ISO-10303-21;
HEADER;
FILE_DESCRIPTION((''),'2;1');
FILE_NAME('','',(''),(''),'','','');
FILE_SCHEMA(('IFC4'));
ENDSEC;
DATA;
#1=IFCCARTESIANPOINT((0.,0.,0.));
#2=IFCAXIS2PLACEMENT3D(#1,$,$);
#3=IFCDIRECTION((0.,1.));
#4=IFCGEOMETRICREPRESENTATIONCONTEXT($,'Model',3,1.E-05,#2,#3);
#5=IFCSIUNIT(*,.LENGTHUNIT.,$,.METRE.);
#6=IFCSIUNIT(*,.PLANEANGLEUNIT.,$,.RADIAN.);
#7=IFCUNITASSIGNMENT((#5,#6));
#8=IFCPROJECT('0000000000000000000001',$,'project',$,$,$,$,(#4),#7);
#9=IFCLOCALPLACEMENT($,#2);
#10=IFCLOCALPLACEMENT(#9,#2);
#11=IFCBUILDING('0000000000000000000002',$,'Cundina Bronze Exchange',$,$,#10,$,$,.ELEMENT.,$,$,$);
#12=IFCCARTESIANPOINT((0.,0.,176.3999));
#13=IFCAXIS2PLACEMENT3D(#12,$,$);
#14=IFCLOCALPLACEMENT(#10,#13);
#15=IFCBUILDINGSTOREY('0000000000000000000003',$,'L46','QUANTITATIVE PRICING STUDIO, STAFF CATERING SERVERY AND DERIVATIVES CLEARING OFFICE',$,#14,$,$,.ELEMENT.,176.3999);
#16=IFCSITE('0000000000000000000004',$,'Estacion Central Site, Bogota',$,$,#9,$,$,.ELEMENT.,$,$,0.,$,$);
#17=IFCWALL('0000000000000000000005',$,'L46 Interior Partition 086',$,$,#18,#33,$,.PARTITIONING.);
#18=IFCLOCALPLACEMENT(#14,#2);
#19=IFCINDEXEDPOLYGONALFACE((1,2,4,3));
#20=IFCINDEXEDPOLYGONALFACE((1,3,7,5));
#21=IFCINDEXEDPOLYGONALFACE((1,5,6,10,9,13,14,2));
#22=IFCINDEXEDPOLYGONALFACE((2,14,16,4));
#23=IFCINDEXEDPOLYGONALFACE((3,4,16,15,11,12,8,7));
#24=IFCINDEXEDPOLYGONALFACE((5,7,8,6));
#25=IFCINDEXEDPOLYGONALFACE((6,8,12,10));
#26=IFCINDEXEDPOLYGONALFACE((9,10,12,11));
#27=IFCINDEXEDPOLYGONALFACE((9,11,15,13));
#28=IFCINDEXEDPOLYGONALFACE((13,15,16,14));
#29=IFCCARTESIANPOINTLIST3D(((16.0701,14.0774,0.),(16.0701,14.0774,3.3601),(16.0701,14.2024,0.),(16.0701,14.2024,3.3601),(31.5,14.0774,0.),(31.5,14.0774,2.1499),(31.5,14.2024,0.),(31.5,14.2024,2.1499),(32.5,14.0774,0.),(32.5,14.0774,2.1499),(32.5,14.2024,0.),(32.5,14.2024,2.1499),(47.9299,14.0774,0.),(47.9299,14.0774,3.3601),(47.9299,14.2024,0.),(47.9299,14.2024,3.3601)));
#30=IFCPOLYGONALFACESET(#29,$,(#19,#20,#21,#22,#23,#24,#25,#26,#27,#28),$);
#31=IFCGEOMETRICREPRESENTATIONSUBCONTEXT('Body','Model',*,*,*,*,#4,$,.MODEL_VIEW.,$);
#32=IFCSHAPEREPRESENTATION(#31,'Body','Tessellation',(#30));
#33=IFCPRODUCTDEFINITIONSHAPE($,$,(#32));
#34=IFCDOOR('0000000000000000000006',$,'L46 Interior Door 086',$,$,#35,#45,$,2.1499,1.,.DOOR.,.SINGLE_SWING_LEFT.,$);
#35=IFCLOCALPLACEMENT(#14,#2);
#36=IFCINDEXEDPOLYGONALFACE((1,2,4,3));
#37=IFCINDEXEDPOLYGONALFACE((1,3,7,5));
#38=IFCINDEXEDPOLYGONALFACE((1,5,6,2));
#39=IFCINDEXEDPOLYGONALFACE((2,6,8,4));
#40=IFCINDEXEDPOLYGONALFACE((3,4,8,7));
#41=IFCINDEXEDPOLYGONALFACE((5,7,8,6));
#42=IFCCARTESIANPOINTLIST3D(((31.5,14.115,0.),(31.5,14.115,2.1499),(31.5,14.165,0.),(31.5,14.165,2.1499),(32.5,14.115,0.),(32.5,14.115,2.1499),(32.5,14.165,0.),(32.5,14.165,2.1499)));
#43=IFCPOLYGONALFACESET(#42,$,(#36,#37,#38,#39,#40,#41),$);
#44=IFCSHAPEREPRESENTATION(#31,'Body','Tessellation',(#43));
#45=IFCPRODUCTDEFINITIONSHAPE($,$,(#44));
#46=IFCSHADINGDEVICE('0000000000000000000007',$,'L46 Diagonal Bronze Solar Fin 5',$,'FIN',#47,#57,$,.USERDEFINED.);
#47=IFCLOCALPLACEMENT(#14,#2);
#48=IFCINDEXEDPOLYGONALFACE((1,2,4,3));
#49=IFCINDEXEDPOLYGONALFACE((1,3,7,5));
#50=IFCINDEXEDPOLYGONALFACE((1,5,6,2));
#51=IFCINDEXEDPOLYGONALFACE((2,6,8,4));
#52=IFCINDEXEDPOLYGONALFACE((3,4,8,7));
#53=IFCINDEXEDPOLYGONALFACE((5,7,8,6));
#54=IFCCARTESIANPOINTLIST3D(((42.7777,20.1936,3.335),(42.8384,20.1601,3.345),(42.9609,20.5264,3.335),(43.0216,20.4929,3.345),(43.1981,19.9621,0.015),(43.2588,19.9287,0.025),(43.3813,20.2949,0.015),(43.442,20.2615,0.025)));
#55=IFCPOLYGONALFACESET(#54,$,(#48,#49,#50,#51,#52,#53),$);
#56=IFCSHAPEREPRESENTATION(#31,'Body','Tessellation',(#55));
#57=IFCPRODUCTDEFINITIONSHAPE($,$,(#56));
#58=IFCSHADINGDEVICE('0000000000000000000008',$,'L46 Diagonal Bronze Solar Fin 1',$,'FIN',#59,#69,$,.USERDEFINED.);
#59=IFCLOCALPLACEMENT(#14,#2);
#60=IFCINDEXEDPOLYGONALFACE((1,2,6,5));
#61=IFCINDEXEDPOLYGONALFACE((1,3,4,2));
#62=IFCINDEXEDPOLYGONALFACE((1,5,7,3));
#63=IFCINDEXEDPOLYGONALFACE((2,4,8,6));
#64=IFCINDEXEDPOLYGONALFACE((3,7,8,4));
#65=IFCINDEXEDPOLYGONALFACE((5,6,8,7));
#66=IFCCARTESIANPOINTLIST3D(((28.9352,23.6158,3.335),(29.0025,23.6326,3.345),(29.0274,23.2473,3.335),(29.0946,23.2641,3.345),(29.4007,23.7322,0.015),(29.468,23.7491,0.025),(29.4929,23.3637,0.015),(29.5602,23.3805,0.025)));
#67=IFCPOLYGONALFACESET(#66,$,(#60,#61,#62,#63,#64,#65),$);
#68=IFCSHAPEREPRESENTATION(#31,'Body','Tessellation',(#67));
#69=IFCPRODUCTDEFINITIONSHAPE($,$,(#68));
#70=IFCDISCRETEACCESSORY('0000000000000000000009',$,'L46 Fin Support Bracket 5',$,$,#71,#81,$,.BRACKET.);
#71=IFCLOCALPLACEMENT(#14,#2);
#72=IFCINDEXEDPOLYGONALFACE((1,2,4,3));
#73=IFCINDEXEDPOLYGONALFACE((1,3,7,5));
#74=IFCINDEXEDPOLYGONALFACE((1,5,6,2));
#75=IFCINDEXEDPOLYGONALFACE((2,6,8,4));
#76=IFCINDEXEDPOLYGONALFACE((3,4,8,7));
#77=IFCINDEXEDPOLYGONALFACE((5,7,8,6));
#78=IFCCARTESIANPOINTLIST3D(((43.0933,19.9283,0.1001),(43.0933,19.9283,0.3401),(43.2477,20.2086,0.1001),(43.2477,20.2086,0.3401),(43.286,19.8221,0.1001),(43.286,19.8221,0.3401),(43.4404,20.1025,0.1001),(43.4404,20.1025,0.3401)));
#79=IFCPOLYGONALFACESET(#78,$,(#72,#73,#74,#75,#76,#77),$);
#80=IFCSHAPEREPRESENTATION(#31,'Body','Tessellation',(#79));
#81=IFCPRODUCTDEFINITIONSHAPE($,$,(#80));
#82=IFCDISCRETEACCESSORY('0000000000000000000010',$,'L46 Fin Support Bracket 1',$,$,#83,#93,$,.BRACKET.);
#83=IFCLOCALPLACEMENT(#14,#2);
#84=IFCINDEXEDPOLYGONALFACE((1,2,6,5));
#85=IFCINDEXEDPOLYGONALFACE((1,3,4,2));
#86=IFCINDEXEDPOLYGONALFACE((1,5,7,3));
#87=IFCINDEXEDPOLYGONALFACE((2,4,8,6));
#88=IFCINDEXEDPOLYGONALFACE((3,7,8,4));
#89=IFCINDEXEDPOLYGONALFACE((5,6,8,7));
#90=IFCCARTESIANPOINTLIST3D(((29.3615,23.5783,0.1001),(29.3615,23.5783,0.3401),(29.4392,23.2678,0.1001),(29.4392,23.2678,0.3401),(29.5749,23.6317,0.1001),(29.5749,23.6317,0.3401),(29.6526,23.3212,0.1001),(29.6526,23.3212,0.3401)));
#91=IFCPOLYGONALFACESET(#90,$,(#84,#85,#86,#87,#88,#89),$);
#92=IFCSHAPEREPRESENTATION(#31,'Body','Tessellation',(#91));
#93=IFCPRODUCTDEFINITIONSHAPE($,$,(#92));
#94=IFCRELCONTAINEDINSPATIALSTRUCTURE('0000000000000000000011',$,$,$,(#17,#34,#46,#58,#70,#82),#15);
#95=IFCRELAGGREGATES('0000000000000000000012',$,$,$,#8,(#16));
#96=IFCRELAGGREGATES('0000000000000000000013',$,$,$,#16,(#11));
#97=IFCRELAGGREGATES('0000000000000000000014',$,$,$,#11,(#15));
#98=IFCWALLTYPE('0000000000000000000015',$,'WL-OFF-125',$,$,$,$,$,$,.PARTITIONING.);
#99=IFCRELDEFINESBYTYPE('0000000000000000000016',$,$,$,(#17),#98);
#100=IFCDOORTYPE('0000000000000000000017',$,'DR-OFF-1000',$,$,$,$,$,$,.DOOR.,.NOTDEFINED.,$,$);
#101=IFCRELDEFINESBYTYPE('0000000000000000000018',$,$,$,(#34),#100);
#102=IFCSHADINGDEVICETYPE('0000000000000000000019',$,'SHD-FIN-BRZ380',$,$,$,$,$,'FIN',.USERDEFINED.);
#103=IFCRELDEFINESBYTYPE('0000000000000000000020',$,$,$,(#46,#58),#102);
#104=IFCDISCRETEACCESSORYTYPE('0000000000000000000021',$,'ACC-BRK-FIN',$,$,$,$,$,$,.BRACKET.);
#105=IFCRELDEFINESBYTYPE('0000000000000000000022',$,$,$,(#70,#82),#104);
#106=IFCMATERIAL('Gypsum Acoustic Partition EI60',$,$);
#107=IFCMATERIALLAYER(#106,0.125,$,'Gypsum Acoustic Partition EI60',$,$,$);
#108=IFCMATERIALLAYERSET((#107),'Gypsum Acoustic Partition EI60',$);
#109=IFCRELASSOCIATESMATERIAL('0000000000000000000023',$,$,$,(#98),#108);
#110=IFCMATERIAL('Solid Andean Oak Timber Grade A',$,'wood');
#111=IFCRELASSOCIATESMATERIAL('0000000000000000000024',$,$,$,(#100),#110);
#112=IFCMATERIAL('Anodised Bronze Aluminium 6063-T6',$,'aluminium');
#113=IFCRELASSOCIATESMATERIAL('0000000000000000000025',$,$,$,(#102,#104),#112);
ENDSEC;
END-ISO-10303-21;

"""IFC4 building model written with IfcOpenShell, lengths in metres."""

from ifc_helpers import new_model, si_unit, direction, frame, frame_2d, origin, origin_2d, place, context, subcontext, project, spatial, rectangle, extrude, material, layer, layer_set, material_profile, profile_set, type_object, element, fill, save


model = new_model("IFC4")

# Units and contexts
model_context = context("Model", 3, precision=1e-05, world=origin(), true_north=direction((0.0, 1.0)))
body_context = subcontext(model_context, "Body", "Model", "MODEL_VIEW")
ifc_project = project(units=[si_unit("LENGTHUNIT", "METRE"), si_unit("PLANEANGLEUNIT", "RADIAN")], contexts=[model_context])

# Site, building, storey
site_placement = place(None, origin())
site = spatial("IfcSite", under=ifc_project, at=site_placement, Name="Estacion Central Site, Bogota", CompositionType="ELEMENT", RefElevation=0.0)
building_placement = place(site_placement, origin())
building = spatial("IfcBuilding", under=site, at=building_placement, Name="Cundina Bronze Exchange", CompositionType="ELEMENT")
storey_placement = place(building_placement, frame((0.0, 0.0, 176.3999)))
storey = spatial("IfcBuildingStorey", under=building, at=storey_placement, Name="L46", Description="QUANTITATIVE PRICING STUDIO, STAFF CATERING SERVERY AND DERIVATIVES CLEARING OFFICE", CompositionType="ELEMENT", Elevation=176.3999)

# Shared definitions
ifc_material_1 = material(Name="Anodised Bronze Aluminium 6063-T6", Category="aluminium")

# Wall, opening, door
ifc_material_2 = material(Name="Gypsum Acoustic Partition EI60")
ifc_layer_1 = layer(ifc_material_2, 0.125, Name="Gypsum Acoustic Partition EI60")
ifc_layer_set_1 = layer_set([ifc_layer_1], Name="Gypsum Acoustic Partition EI60")
wall_type = type_object("IfcWallType", Name="WL-OFF-125", PredefinedType="PARTITIONING", material=ifc_layer_set_1)
wall_placement = place(storey_placement, frame((47.9299, 14.1399, 0.0), z_axis=(0.0, 0.0, 1.0), x_axis=(-1.0, 0.0, 0.0)))
wall = element("IfcWall", 1, at=wall_placement, inside=storey, type_object=wall_type, Name="L46 Interior Partition 086", PredefinedType="PARTITIONING", context=body_context, shape_type="SweptSolid", body=[
    extrude(rectangle(XDim=31.8599, YDim=0.125, at=frame_2d((15.9299, 0.0))), origin(), (0.0, 0.0, 1.0), 3.3601),
])
opening_placement = place(wall_placement, frame((15.4299, 0.0, 0.0)))
opening = element("IfcOpeningElement", 2, at=opening_placement, cuts=wall, PredefinedType="OPENING", context=body_context, shape_type="SweptSolid", body=[
    extrude(rectangle(XDim=1.0, YDim=2.1499, at=frame_2d((0.5, 1.075))), frame((0.0, 0.0725, 0.0), z_axis=(0.0, -1.0, 0.0), x_axis=(1.0, 0.0, 0.0)), (0.0, 0.0, 1.0), 0.145),
])
ifc_material_3 = material(Name="Solid Andean Oak Timber Grade A", Category="wood")
door_type = type_object("IfcDoorType", Name="DR-OFF-1000", OperationType="NOTDEFINED", PredefinedType="DOOR", material=ifc_material_3)
door_placement = place(opening_placement, origin())
door = element("IfcDoor", 3, at=door_placement, inside=storey, type_object=door_type, Name="L46 Interior Door 086", OperationType="SINGLE_SWING_LEFT", OverallHeight=2.1499, OverallWidth=1.0, PredefinedType="DOOR", context=body_context, shape_type="SweptSolid", body=[
    extrude(rectangle(XDim=1.0, YDim=2.1499, at=frame_2d((0.5, 1.075))), frame((0.0, 0.0249, 0.0), z_axis=(0.0, -1.0, 0.0), x_axis=(1.0, 0.0, 0.0)), (0.0, 0.0, 1.0), 0.05),
])
fill(opening, door)

# Shading devices
ifc_material_profile_1 = material_profile(ifc_material_1, rectangle(XDim=0.0701, YDim=0.3799, at=origin_2d()), Name="FIN70X380", Category="aluminium")
ifc_profile_set_1 = profile_set([ifc_material_profile_1], Name="Anodised Bronze Aluminium 6063-T6")
shading_device_type = type_object("IfcShadingDeviceType", Name="SHD-FIN-BRZ380", ElementType="FIN", PredefinedType="USERDEFINED", material=ifc_profile_set_1)
for number, where, z_axis, x_axis, name in (
    (4, (43.3201, 20.1118, 0.02), (-0.125324, 0.068994, 0.989714), (0.867012, -0.47731, 0.143061), "L46 Diagonal Bronze Solar Fin 5"),
    (5, (29.4805, 23.5564, 0.02), (-0.138788, -0.034715, 0.989713), (0.960133, 0.240159, 0.143064), "L46 Diagonal Bronze Solar Fin 1"),
):
    element("IfcShadingDevice", number, at=place(storey_placement, frame(where, z_axis=z_axis, x_axis=x_axis)), inside=storey, type_object=shading_device_type, Name=name, ObjectType="FIN", PredefinedType="USERDEFINED", context=body_context, shape_type="SweptSolid", body=[
        extrude(rectangle(XDim=0.0701, YDim=0.3799, at=origin_2d()), origin(), (0.0, 0.0, 1.0), 3.3545),
    ])

# Discrete accessories
discrete_accessory_type = type_object("IfcDiscreteAccessoryType", Name="ACC-BRK-FIN", PredefinedType="BRACKET", material=ifc_material_1)
for number, where, z_axis, x_axis, name in (
    (6, (43.2668, 20.0154, 0.1001), (0.0, 0.0, 1.0), (-0.875869, 0.482549, 0.0), "L46 Fin Support Bracket 5"),
    (7, (29.5071, 23.4497, 0.1001), (0.0, 0.0, 1.0), (-0.970093, -0.242735, 0.0), "L46 Fin Support Bracket 1"),
):
    element("IfcDiscreteAccessory", number, at=place(storey_placement, frame(where, z_axis=z_axis, x_axis=x_axis)), inside=storey, type_object=discrete_accessory_type, Name=name, PredefinedType="BRACKET", context=body_context, shape_type="SweptSolid", body=[
        extrude(rectangle(XDim=0.22, YDim=0.3201, at=origin_2d()), origin(), (0.0, 0.0, 1.0), 0.24),
    ])

save(model, "model.ifc")
